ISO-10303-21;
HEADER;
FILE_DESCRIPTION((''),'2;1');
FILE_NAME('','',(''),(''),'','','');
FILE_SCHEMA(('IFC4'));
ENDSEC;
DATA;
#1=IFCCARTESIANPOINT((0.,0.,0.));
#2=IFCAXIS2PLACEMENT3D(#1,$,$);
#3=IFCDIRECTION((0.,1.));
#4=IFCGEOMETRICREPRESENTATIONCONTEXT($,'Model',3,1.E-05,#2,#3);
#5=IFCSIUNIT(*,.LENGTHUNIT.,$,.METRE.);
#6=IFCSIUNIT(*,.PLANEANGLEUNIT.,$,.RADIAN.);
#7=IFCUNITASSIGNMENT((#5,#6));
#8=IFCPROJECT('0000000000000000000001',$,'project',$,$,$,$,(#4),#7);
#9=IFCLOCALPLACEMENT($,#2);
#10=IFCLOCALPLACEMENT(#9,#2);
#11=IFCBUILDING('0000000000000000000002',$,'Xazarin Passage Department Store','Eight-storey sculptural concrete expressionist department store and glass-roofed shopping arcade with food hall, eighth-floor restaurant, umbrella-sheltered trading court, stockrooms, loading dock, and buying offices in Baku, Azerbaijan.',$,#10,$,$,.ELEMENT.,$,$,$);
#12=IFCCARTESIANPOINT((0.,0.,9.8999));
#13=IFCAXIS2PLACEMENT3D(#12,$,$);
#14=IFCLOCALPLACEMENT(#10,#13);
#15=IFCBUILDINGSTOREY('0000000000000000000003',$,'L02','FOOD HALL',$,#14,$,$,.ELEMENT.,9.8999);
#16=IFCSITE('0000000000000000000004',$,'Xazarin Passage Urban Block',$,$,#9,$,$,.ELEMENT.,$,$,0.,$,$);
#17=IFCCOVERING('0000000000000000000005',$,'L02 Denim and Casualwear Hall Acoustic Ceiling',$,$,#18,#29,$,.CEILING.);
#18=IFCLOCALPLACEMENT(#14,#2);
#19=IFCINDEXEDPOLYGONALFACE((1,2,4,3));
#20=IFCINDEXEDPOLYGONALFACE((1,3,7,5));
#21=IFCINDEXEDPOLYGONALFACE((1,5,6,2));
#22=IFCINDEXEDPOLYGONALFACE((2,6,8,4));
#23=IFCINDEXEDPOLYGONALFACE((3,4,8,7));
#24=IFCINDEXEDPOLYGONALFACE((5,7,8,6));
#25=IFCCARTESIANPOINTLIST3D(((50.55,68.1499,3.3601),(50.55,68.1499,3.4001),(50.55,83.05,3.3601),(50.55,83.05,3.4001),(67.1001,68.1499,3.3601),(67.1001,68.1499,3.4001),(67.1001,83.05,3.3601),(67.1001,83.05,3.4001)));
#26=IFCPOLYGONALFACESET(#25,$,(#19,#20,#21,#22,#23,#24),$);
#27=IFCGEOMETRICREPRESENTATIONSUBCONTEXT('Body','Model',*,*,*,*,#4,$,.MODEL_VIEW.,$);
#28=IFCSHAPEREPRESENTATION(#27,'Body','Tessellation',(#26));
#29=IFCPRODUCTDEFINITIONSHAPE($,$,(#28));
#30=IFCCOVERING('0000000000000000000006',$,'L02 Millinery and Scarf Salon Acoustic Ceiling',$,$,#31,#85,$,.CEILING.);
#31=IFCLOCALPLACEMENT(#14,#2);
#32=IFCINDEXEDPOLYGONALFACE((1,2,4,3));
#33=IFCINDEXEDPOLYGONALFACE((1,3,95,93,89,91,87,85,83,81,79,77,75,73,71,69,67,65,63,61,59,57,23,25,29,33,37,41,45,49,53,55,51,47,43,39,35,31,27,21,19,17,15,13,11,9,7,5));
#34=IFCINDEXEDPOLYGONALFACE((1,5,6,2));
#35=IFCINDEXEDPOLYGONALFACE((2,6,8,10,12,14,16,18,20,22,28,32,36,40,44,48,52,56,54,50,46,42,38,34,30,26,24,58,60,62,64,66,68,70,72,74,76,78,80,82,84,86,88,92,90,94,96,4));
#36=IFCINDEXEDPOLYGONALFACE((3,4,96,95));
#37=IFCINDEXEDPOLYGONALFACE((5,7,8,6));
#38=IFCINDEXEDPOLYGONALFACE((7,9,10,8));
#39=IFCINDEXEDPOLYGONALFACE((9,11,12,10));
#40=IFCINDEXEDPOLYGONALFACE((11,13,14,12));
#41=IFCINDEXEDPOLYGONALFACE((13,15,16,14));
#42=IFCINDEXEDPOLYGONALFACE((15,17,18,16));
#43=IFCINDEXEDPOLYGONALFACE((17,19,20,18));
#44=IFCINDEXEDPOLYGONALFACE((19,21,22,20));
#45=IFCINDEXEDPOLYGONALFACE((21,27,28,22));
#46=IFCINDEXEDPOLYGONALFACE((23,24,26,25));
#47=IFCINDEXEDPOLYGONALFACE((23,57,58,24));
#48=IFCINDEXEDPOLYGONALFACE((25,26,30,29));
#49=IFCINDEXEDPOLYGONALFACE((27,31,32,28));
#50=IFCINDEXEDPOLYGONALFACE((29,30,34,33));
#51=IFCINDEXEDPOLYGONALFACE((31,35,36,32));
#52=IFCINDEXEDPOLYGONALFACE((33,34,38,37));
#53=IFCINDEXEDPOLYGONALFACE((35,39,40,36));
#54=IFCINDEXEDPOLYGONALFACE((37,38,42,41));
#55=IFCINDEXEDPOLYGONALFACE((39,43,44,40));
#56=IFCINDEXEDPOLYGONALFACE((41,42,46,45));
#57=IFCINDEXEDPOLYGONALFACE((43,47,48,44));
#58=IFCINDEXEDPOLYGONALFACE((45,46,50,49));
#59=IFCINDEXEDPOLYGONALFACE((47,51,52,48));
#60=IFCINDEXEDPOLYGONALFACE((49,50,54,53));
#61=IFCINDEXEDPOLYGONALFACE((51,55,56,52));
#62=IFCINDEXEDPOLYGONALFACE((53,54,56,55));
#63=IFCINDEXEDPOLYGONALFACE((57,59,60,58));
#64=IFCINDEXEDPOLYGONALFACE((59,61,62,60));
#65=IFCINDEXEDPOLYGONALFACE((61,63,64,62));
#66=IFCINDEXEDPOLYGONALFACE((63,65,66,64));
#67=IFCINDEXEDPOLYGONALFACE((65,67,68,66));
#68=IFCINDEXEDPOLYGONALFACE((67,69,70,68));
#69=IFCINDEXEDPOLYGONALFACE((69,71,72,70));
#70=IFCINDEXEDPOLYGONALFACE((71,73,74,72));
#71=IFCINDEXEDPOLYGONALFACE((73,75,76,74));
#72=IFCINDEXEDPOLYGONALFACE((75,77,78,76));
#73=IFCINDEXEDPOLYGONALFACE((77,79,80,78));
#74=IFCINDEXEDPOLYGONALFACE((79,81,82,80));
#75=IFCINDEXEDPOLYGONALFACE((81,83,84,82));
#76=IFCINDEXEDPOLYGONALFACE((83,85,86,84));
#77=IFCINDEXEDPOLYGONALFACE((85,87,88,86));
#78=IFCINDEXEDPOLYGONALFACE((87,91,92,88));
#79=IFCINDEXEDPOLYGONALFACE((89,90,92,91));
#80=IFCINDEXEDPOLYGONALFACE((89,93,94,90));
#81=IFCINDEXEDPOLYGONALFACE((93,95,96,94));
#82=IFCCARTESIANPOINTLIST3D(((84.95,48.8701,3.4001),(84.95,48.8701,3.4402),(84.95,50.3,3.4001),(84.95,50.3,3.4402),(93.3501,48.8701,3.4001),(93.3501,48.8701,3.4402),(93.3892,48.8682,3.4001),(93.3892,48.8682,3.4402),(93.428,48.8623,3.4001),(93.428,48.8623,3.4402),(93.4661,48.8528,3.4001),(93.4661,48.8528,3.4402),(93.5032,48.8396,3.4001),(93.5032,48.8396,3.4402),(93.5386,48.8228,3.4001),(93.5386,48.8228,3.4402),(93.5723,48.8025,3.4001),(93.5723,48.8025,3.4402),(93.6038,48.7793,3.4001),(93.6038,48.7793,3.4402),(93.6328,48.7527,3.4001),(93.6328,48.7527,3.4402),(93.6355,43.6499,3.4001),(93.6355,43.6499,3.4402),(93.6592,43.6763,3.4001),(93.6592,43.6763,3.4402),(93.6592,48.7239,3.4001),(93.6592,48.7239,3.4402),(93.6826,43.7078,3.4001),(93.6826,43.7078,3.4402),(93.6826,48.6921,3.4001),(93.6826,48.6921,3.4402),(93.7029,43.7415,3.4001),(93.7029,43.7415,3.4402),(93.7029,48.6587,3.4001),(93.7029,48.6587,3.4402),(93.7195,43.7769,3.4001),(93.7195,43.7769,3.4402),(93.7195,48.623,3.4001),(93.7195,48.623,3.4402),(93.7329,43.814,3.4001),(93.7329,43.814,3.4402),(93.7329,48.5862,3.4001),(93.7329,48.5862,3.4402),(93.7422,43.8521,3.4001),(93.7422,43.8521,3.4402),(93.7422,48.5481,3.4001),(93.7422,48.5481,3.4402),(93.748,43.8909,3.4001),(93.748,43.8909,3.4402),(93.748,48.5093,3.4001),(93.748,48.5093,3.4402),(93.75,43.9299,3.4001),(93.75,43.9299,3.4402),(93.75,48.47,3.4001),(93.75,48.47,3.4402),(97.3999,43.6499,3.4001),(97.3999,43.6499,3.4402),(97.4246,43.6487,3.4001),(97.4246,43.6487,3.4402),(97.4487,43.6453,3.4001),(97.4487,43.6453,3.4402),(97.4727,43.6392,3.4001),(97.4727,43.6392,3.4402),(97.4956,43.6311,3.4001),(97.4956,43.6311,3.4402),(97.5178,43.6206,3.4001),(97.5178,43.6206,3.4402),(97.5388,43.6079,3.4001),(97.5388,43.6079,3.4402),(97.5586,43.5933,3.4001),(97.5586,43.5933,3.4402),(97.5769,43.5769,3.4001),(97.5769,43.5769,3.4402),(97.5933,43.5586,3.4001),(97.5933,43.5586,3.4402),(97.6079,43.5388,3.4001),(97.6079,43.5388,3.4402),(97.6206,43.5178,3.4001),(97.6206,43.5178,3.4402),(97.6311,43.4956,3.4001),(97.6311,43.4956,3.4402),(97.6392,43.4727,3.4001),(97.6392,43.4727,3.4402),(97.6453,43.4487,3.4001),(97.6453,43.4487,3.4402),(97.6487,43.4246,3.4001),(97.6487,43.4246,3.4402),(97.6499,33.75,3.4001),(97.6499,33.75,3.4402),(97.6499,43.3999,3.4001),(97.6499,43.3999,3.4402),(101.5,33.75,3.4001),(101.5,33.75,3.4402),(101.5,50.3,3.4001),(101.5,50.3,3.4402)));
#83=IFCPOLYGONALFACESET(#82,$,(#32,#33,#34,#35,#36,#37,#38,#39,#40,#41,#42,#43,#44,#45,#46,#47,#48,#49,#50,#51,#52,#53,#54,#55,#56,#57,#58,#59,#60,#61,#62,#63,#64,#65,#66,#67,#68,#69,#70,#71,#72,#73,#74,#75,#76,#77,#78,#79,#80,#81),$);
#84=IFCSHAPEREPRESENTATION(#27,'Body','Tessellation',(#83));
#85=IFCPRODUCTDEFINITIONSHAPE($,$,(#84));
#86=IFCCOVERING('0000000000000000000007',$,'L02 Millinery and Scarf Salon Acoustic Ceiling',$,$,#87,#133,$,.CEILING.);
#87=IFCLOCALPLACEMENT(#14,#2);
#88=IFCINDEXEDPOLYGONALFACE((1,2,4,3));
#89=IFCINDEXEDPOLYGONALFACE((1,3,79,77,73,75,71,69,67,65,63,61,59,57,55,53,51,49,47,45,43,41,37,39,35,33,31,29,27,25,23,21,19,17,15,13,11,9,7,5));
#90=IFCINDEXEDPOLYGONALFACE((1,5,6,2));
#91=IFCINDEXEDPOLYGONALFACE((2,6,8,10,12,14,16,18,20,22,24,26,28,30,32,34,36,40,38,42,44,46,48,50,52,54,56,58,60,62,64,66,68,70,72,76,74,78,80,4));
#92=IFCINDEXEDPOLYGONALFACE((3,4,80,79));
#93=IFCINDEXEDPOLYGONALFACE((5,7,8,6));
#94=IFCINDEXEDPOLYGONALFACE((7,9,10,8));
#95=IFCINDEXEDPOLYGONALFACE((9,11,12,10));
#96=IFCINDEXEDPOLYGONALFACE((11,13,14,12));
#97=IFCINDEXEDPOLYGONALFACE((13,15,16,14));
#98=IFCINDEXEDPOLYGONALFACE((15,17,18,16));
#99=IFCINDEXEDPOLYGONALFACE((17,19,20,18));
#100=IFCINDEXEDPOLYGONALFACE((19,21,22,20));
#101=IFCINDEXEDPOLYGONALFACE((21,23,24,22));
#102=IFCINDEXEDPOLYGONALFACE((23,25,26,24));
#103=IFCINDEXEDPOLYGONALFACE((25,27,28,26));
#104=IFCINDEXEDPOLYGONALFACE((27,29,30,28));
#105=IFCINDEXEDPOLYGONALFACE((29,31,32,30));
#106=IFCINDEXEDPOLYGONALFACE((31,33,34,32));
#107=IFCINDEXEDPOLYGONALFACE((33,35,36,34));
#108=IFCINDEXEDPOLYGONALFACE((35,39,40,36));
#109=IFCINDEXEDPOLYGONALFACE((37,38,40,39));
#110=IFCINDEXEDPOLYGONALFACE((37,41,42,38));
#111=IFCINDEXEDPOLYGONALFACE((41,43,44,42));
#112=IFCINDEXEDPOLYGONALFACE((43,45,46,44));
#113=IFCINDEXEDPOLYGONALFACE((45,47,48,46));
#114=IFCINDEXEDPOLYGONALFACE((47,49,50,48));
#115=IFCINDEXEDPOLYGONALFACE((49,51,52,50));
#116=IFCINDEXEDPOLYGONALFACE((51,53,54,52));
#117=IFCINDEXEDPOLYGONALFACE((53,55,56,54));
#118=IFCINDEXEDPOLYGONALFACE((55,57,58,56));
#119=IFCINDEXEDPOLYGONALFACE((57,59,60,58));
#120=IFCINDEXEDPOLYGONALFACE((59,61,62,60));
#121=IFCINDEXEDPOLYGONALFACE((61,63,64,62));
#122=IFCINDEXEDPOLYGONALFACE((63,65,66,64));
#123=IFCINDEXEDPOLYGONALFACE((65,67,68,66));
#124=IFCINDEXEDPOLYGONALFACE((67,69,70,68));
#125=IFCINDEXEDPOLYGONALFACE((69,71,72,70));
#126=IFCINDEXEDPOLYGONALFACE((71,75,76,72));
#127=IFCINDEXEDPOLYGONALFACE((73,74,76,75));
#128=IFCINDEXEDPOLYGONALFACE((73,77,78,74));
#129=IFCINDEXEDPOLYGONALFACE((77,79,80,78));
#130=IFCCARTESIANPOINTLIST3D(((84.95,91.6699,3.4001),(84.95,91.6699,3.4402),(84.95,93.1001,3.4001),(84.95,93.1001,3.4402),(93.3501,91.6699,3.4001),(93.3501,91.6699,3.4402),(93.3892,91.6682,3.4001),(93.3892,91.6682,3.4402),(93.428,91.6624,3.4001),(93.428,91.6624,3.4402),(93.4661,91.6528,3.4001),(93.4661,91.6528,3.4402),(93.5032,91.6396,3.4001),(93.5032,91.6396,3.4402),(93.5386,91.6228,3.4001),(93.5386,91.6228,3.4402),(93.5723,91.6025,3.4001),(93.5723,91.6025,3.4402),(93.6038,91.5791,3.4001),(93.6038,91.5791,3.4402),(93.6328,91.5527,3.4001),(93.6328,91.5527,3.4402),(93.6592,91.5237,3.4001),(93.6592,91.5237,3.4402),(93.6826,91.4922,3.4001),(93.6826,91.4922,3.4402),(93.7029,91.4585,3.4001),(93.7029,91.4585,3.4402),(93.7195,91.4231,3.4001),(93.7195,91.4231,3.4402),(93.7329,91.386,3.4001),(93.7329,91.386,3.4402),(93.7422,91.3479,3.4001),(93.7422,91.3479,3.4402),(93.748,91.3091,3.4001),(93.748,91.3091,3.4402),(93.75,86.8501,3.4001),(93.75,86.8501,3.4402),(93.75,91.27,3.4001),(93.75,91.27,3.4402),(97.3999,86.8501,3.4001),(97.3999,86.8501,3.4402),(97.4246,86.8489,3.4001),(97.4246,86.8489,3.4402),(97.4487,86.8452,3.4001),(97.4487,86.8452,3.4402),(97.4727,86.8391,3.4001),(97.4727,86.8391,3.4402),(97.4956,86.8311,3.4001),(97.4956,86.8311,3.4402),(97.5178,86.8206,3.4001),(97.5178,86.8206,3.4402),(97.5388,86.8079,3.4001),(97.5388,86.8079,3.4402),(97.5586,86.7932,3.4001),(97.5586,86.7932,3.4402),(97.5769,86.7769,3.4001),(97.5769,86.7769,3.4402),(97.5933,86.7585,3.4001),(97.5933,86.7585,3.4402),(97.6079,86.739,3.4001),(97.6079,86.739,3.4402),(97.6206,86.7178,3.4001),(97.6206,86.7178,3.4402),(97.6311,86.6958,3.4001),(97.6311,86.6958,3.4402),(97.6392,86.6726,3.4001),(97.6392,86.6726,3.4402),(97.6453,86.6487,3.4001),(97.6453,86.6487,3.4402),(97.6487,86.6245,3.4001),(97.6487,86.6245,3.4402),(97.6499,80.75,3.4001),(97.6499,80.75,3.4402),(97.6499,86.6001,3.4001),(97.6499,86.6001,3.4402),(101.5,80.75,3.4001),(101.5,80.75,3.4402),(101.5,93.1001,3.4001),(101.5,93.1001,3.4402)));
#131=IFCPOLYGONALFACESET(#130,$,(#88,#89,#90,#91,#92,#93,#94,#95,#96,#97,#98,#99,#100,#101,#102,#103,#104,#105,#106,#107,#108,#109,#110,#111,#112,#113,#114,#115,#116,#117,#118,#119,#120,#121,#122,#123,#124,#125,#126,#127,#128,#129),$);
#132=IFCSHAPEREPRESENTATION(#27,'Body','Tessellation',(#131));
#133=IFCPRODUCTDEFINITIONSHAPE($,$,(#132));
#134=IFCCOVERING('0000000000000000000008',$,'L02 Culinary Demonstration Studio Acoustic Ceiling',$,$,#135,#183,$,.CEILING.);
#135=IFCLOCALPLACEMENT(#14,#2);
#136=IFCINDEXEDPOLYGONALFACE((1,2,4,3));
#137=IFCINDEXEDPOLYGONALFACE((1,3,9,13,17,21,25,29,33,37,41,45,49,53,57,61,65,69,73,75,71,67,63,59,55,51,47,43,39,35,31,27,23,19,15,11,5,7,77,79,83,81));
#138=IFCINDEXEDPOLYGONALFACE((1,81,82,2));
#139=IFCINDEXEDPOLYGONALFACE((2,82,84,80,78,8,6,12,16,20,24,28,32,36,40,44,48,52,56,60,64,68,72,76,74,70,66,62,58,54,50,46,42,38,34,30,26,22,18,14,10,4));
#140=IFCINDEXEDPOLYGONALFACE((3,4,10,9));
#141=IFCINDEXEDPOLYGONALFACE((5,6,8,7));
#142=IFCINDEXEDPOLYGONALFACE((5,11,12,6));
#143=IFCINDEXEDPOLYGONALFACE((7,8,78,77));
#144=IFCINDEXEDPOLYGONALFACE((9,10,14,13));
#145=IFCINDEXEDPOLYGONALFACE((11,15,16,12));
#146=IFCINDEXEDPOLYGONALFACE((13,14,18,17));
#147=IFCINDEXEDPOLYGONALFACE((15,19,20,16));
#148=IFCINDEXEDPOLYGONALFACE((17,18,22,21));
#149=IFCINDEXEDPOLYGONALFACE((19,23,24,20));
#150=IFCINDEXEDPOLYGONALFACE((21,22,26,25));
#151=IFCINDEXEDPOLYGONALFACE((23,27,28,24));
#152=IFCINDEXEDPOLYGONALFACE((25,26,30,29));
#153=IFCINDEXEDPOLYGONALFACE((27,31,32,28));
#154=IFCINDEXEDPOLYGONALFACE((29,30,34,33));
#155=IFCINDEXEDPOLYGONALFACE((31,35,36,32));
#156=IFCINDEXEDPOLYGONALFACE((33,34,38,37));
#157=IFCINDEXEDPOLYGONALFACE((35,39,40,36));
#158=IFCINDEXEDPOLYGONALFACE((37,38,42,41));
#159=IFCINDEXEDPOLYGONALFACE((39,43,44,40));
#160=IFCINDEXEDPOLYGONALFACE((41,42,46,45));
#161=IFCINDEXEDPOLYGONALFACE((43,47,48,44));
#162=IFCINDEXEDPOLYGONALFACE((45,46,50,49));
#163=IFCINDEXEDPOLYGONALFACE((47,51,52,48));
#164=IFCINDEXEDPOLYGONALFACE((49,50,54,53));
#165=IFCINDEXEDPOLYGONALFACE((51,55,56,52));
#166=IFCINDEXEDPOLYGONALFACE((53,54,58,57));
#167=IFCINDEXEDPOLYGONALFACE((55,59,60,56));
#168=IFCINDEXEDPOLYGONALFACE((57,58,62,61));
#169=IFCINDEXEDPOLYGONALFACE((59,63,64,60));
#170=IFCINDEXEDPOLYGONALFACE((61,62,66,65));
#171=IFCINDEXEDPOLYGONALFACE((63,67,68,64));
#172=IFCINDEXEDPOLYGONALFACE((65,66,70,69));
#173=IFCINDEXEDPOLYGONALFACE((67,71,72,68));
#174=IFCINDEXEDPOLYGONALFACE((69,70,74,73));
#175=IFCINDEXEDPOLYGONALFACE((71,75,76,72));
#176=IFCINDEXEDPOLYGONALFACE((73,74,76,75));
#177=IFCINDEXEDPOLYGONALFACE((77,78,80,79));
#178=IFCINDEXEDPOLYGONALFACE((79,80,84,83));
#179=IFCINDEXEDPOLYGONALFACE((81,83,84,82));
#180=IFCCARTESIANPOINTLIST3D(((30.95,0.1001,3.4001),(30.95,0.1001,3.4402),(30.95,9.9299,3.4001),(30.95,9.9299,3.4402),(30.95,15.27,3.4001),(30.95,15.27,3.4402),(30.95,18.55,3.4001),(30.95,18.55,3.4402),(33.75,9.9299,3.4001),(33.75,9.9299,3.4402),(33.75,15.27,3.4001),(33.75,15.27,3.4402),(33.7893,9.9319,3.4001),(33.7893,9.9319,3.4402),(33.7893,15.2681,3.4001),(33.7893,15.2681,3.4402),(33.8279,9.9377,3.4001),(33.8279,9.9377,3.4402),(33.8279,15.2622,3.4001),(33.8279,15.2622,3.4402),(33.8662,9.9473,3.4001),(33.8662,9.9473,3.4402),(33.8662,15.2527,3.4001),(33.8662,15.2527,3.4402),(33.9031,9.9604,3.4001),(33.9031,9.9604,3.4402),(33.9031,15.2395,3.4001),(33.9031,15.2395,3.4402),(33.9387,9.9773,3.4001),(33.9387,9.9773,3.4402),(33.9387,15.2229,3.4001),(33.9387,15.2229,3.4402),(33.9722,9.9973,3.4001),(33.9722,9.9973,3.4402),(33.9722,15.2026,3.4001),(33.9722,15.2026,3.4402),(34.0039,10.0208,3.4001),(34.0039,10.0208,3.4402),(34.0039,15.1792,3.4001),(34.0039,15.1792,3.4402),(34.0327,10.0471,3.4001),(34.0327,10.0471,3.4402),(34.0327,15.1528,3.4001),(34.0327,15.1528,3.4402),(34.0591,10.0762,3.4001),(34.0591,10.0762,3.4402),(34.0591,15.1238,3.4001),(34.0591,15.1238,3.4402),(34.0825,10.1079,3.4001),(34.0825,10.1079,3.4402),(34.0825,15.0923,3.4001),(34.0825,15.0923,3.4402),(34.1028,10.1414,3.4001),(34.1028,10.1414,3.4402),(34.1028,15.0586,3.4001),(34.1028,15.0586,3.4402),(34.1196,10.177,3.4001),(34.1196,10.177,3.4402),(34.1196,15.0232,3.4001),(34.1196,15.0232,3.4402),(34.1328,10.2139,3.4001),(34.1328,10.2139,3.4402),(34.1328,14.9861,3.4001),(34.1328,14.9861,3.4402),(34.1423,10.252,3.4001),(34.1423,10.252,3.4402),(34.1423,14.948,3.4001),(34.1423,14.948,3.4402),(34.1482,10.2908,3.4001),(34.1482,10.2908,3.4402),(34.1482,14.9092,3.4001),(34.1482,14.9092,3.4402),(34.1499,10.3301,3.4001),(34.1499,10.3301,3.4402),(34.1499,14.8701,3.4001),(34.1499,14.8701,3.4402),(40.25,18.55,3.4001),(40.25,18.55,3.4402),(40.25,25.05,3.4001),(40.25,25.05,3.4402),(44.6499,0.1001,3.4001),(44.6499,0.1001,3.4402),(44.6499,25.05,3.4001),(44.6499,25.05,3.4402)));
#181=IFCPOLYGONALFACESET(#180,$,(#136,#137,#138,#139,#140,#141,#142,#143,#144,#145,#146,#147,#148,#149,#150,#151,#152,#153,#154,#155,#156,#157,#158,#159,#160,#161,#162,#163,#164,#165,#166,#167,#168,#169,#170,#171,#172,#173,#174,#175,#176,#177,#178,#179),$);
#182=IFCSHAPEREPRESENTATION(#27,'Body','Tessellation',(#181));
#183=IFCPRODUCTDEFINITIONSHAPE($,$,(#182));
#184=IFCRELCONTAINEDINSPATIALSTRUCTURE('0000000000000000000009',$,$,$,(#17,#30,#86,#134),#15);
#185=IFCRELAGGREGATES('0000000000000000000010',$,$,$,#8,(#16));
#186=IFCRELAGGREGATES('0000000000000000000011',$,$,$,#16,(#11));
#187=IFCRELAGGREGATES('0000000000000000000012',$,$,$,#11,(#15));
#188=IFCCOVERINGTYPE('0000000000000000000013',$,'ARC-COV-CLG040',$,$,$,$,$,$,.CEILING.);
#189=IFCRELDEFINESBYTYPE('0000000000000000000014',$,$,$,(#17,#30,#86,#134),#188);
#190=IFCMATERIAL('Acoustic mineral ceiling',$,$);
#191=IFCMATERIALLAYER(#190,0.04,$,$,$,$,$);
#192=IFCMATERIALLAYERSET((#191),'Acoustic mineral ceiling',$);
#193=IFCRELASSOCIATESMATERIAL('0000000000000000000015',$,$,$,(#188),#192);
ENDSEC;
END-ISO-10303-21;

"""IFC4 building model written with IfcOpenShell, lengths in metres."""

from ifc_helpers import new_model, si_unit, direction, frame, origin, place, context, subcontext, project, spatial, polyline, outline, extrude, material, layer, layer_set, type_object, element, save


model = new_model("IFC4")

# Units and contexts
model_context = context("Model", 3, precision=1e-05, world=origin(), true_north=direction((0.0, 1.0)))
body_context = subcontext(model_context, "Body", "Model", "MODEL_VIEW")
ifc_project = project(units=[si_unit("LENGTHUNIT", "METRE"), si_unit("PLANEANGLEUNIT", "RADIAN")], contexts=[model_context])

# Site, building, storey
site_placement = place(None, origin())
site = spatial("IfcSite", under=ifc_project, at=site_placement, Name="Xazarin Passage Urban Block", CompositionType="ELEMENT", RefElevation=0.0)
building_placement = place(site_placement, origin())
building = spatial("IfcBuilding", under=site, at=building_placement, Name="Xazarin Passage Department Store", Description="Eight-storey sculptural concrete expressionist department store and glass-roofed shopping arcade with food hall, eighth-floor restaurant, umbrella-sheltered trading court, stockrooms, loading dock, and buying offices in Baku, Azerbaijan.", CompositionType="ELEMENT")
storey_placement = place(building_placement, frame((0.0, 0.0, 9.8999)))
storey = spatial("IfcBuildingStorey", under=building, at=storey_placement, Name="L02", Description="FOOD HALL", CompositionType="ELEMENT", Elevation=9.8999)

# Coverings
ifc_material_1 = material(Name="Acoustic mineral ceiling")
ifc_layer_1 = layer(ifc_material_1, 0.04)
ifc_layer_set_1 = layer_set([ifc_layer_1], Name="Acoustic mineral ceiling")
covering_type_1 = type_object("IfcCoveringType", Name="ARC-COV-CLG040", PredefinedType="CEILING", material=ifc_layer_set_1)
covering_1_placement = place(storey_placement, frame((0.0, 0.0, 3.3601)))
element("IfcCovering", 1, at=covering_1_placement, inside=storey, type_object=covering_type_1, Name="L02 Denim and Casualwear Hall Acoustic Ceiling", PredefinedType="CEILING", context=body_context, shape_type="SweptSolid", body=[
    extrude(outline(polyline([(50.55, 68.1499), (67.1001, 68.1499), (67.1001, 83.05), (50.55, 83.05), (50.55, 68.1499)])), origin(), (0.0, 0.0, 1.0), 0.04),
])
covering_2_placement = place(storey_placement, frame((0.0, 0.0, 3.4001)))
element("IfcCovering", 2, at=covering_2_placement, inside=storey, type_object=covering_type_1, Name="L02 Millinery and Scarf Salon Acoustic Ceiling", PredefinedType="CEILING", context=body_context, shape_type="SweptSolid", body=[
    extrude(outline(polyline([(84.95, 48.8701), (93.3501, 48.8701), (93.3892, 48.8682), (93.428, 48.8623), (93.4661, 48.8528), (93.5032, 48.8396), (93.5386, 48.8228), (93.5723, 48.8025), (93.6038, 48.7793), (93.6328, 48.7527), (93.6592, 48.7239), (93.6826, 48.6921), (93.7029, 48.6587), (93.7195, 48.623), (93.7329, 48.5862), (93.7422, 48.5481), (93.748, 48.5093), (93.75, 48.47), (93.75, 43.9299), (93.748, 43.8909), (93.7422, 43.8521), (93.7329, 43.814), (93.7195, 43.7769), (93.7029, 43.7415), (93.6826, 43.7078), (93.6592, 43.6763), (93.6355, 43.6499), (97.3999, 43.6499), (97.4246, 43.6487), (97.4487, 43.6453), (97.4727, 43.6392), (97.4956, 43.6311), (97.5178, 43.6206), (97.5388, 43.6079), (97.5586, 43.5933), (97.5769, 43.5769), (97.5933, 43.5586), (97.6079, 43.5388), (97.6206, 43.5178), (97.6311, 43.4956), (97.6392, 43.4727), (97.6453, 43.4487), (97.6487, 43.4246), (97.6499, 43.3999), (97.6499, 33.75), (101.5, 33.75), (101.5, 50.3), (84.95, 50.3), (84.95, 48.8701)])), origin(), (0.0, 0.0, 1.0), 0.04),
])
covering_3_placement = place(storey_placement, frame((0.0, 0.0, 3.4001)))
element("IfcCovering", 3, at=covering_3_placement, inside=storey, type_object=covering_type_1, Name="L02 Millinery and Scarf Salon Acoustic Ceiling", PredefinedType="CEILING", context=body_context, shape_type="SweptSolid", body=[
    extrude(outline(polyline([(84.95, 91.6699), (93.3501, 91.6699), (93.3892, 91.6682), (93.428, 91.6624), (93.4661, 91.6528), (93.5032, 91.6396), (93.5386, 91.6228), (93.5723, 91.6025), (93.6038, 91.5791), (93.6328, 91.5527), (93.6592, 91.5237), (93.6826, 91.4922), (93.7029, 91.4585), (93.7195, 91.4231), (93.7329, 91.386), (93.7422, 91.3479), (93.748, 91.3091), (93.75, 91.27), (93.75, 86.8501), (97.3999, 86.8501), (97.4246, 86.8489), (97.4487, 86.8452), (97.4727, 86.8391), (97.4956, 86.8311), (97.5178, 86.8206), (97.5388, 86.8079), (97.5586, 86.7932), (97.5769, 86.7769), (97.5933, 86.7585), (97.6079, 86.739), (97.6206, 86.7178), (97.6311, 86.6958), (97.6392, 86.6726), (97.6453, 86.6487), (97.6487, 86.6245), (97.6499, 86.6001), (97.6499, 80.75), (101.5, 80.75), (101.5, 93.1001), (84.95, 93.1001), (84.95, 91.6699)])), origin(), (0.0, 0.0, 1.0), 0.04),
])
covering_4_placement = place(storey_placement, frame((0.0, 0.0, 3.4001)))
element("IfcCovering", 4, at=covering_4_placement, inside=storey, type_object=covering_type_1, Name="L02 Culinary Demonstration Studio Acoustic Ceiling", PredefinedType="CEILING", context=body_context, shape_type="SweptSolid", body=[
    extrude(outline(polyline([(30.95, 15.27), (33.75, 15.27), (33.7893, 15.2681), (33.8279, 15.2622), (33.8662, 15.2527), (33.9031, 15.2395), (33.9387, 15.2229), (33.9722, 15.2026), (34.0039, 15.1792), (34.0327, 15.1528), (34.0591, 15.1238), (34.0825, 15.0923), (34.1028, 15.0586), (34.1196, 15.0232), (34.1328, 14.9861), (34.1423, 14.948), (34.1482, 14.9092), (34.1499, 14.8701), (34.1499, 10.3301), (34.1482, 10.2908), (34.1423, 10.252), (34.1328, 10.2139), (34.1196, 10.177), (34.1028, 10.1414), (34.0825, 10.1079), (34.0591, 10.0762), (34.0327, 10.0471), (34.0039, 10.0208), (33.9722, 9.9973), (33.9387, 9.9773), (33.9031, 9.9604), (33.8662, 9.9473), (33.8279, 9.9377), (33.7893, 9.9319), (33.75, 9.9299), (30.95, 9.9299), (30.95, 0.1001), (44.6499, 0.1001), (44.6499, 25.05), (40.25, 25.05), (40.25, 18.55), (30.95, 18.55), (30.95, 15.27)])), origin(), (0.0, 0.0, 1.0), 0.04),
])

save(model, "model.ifc")
